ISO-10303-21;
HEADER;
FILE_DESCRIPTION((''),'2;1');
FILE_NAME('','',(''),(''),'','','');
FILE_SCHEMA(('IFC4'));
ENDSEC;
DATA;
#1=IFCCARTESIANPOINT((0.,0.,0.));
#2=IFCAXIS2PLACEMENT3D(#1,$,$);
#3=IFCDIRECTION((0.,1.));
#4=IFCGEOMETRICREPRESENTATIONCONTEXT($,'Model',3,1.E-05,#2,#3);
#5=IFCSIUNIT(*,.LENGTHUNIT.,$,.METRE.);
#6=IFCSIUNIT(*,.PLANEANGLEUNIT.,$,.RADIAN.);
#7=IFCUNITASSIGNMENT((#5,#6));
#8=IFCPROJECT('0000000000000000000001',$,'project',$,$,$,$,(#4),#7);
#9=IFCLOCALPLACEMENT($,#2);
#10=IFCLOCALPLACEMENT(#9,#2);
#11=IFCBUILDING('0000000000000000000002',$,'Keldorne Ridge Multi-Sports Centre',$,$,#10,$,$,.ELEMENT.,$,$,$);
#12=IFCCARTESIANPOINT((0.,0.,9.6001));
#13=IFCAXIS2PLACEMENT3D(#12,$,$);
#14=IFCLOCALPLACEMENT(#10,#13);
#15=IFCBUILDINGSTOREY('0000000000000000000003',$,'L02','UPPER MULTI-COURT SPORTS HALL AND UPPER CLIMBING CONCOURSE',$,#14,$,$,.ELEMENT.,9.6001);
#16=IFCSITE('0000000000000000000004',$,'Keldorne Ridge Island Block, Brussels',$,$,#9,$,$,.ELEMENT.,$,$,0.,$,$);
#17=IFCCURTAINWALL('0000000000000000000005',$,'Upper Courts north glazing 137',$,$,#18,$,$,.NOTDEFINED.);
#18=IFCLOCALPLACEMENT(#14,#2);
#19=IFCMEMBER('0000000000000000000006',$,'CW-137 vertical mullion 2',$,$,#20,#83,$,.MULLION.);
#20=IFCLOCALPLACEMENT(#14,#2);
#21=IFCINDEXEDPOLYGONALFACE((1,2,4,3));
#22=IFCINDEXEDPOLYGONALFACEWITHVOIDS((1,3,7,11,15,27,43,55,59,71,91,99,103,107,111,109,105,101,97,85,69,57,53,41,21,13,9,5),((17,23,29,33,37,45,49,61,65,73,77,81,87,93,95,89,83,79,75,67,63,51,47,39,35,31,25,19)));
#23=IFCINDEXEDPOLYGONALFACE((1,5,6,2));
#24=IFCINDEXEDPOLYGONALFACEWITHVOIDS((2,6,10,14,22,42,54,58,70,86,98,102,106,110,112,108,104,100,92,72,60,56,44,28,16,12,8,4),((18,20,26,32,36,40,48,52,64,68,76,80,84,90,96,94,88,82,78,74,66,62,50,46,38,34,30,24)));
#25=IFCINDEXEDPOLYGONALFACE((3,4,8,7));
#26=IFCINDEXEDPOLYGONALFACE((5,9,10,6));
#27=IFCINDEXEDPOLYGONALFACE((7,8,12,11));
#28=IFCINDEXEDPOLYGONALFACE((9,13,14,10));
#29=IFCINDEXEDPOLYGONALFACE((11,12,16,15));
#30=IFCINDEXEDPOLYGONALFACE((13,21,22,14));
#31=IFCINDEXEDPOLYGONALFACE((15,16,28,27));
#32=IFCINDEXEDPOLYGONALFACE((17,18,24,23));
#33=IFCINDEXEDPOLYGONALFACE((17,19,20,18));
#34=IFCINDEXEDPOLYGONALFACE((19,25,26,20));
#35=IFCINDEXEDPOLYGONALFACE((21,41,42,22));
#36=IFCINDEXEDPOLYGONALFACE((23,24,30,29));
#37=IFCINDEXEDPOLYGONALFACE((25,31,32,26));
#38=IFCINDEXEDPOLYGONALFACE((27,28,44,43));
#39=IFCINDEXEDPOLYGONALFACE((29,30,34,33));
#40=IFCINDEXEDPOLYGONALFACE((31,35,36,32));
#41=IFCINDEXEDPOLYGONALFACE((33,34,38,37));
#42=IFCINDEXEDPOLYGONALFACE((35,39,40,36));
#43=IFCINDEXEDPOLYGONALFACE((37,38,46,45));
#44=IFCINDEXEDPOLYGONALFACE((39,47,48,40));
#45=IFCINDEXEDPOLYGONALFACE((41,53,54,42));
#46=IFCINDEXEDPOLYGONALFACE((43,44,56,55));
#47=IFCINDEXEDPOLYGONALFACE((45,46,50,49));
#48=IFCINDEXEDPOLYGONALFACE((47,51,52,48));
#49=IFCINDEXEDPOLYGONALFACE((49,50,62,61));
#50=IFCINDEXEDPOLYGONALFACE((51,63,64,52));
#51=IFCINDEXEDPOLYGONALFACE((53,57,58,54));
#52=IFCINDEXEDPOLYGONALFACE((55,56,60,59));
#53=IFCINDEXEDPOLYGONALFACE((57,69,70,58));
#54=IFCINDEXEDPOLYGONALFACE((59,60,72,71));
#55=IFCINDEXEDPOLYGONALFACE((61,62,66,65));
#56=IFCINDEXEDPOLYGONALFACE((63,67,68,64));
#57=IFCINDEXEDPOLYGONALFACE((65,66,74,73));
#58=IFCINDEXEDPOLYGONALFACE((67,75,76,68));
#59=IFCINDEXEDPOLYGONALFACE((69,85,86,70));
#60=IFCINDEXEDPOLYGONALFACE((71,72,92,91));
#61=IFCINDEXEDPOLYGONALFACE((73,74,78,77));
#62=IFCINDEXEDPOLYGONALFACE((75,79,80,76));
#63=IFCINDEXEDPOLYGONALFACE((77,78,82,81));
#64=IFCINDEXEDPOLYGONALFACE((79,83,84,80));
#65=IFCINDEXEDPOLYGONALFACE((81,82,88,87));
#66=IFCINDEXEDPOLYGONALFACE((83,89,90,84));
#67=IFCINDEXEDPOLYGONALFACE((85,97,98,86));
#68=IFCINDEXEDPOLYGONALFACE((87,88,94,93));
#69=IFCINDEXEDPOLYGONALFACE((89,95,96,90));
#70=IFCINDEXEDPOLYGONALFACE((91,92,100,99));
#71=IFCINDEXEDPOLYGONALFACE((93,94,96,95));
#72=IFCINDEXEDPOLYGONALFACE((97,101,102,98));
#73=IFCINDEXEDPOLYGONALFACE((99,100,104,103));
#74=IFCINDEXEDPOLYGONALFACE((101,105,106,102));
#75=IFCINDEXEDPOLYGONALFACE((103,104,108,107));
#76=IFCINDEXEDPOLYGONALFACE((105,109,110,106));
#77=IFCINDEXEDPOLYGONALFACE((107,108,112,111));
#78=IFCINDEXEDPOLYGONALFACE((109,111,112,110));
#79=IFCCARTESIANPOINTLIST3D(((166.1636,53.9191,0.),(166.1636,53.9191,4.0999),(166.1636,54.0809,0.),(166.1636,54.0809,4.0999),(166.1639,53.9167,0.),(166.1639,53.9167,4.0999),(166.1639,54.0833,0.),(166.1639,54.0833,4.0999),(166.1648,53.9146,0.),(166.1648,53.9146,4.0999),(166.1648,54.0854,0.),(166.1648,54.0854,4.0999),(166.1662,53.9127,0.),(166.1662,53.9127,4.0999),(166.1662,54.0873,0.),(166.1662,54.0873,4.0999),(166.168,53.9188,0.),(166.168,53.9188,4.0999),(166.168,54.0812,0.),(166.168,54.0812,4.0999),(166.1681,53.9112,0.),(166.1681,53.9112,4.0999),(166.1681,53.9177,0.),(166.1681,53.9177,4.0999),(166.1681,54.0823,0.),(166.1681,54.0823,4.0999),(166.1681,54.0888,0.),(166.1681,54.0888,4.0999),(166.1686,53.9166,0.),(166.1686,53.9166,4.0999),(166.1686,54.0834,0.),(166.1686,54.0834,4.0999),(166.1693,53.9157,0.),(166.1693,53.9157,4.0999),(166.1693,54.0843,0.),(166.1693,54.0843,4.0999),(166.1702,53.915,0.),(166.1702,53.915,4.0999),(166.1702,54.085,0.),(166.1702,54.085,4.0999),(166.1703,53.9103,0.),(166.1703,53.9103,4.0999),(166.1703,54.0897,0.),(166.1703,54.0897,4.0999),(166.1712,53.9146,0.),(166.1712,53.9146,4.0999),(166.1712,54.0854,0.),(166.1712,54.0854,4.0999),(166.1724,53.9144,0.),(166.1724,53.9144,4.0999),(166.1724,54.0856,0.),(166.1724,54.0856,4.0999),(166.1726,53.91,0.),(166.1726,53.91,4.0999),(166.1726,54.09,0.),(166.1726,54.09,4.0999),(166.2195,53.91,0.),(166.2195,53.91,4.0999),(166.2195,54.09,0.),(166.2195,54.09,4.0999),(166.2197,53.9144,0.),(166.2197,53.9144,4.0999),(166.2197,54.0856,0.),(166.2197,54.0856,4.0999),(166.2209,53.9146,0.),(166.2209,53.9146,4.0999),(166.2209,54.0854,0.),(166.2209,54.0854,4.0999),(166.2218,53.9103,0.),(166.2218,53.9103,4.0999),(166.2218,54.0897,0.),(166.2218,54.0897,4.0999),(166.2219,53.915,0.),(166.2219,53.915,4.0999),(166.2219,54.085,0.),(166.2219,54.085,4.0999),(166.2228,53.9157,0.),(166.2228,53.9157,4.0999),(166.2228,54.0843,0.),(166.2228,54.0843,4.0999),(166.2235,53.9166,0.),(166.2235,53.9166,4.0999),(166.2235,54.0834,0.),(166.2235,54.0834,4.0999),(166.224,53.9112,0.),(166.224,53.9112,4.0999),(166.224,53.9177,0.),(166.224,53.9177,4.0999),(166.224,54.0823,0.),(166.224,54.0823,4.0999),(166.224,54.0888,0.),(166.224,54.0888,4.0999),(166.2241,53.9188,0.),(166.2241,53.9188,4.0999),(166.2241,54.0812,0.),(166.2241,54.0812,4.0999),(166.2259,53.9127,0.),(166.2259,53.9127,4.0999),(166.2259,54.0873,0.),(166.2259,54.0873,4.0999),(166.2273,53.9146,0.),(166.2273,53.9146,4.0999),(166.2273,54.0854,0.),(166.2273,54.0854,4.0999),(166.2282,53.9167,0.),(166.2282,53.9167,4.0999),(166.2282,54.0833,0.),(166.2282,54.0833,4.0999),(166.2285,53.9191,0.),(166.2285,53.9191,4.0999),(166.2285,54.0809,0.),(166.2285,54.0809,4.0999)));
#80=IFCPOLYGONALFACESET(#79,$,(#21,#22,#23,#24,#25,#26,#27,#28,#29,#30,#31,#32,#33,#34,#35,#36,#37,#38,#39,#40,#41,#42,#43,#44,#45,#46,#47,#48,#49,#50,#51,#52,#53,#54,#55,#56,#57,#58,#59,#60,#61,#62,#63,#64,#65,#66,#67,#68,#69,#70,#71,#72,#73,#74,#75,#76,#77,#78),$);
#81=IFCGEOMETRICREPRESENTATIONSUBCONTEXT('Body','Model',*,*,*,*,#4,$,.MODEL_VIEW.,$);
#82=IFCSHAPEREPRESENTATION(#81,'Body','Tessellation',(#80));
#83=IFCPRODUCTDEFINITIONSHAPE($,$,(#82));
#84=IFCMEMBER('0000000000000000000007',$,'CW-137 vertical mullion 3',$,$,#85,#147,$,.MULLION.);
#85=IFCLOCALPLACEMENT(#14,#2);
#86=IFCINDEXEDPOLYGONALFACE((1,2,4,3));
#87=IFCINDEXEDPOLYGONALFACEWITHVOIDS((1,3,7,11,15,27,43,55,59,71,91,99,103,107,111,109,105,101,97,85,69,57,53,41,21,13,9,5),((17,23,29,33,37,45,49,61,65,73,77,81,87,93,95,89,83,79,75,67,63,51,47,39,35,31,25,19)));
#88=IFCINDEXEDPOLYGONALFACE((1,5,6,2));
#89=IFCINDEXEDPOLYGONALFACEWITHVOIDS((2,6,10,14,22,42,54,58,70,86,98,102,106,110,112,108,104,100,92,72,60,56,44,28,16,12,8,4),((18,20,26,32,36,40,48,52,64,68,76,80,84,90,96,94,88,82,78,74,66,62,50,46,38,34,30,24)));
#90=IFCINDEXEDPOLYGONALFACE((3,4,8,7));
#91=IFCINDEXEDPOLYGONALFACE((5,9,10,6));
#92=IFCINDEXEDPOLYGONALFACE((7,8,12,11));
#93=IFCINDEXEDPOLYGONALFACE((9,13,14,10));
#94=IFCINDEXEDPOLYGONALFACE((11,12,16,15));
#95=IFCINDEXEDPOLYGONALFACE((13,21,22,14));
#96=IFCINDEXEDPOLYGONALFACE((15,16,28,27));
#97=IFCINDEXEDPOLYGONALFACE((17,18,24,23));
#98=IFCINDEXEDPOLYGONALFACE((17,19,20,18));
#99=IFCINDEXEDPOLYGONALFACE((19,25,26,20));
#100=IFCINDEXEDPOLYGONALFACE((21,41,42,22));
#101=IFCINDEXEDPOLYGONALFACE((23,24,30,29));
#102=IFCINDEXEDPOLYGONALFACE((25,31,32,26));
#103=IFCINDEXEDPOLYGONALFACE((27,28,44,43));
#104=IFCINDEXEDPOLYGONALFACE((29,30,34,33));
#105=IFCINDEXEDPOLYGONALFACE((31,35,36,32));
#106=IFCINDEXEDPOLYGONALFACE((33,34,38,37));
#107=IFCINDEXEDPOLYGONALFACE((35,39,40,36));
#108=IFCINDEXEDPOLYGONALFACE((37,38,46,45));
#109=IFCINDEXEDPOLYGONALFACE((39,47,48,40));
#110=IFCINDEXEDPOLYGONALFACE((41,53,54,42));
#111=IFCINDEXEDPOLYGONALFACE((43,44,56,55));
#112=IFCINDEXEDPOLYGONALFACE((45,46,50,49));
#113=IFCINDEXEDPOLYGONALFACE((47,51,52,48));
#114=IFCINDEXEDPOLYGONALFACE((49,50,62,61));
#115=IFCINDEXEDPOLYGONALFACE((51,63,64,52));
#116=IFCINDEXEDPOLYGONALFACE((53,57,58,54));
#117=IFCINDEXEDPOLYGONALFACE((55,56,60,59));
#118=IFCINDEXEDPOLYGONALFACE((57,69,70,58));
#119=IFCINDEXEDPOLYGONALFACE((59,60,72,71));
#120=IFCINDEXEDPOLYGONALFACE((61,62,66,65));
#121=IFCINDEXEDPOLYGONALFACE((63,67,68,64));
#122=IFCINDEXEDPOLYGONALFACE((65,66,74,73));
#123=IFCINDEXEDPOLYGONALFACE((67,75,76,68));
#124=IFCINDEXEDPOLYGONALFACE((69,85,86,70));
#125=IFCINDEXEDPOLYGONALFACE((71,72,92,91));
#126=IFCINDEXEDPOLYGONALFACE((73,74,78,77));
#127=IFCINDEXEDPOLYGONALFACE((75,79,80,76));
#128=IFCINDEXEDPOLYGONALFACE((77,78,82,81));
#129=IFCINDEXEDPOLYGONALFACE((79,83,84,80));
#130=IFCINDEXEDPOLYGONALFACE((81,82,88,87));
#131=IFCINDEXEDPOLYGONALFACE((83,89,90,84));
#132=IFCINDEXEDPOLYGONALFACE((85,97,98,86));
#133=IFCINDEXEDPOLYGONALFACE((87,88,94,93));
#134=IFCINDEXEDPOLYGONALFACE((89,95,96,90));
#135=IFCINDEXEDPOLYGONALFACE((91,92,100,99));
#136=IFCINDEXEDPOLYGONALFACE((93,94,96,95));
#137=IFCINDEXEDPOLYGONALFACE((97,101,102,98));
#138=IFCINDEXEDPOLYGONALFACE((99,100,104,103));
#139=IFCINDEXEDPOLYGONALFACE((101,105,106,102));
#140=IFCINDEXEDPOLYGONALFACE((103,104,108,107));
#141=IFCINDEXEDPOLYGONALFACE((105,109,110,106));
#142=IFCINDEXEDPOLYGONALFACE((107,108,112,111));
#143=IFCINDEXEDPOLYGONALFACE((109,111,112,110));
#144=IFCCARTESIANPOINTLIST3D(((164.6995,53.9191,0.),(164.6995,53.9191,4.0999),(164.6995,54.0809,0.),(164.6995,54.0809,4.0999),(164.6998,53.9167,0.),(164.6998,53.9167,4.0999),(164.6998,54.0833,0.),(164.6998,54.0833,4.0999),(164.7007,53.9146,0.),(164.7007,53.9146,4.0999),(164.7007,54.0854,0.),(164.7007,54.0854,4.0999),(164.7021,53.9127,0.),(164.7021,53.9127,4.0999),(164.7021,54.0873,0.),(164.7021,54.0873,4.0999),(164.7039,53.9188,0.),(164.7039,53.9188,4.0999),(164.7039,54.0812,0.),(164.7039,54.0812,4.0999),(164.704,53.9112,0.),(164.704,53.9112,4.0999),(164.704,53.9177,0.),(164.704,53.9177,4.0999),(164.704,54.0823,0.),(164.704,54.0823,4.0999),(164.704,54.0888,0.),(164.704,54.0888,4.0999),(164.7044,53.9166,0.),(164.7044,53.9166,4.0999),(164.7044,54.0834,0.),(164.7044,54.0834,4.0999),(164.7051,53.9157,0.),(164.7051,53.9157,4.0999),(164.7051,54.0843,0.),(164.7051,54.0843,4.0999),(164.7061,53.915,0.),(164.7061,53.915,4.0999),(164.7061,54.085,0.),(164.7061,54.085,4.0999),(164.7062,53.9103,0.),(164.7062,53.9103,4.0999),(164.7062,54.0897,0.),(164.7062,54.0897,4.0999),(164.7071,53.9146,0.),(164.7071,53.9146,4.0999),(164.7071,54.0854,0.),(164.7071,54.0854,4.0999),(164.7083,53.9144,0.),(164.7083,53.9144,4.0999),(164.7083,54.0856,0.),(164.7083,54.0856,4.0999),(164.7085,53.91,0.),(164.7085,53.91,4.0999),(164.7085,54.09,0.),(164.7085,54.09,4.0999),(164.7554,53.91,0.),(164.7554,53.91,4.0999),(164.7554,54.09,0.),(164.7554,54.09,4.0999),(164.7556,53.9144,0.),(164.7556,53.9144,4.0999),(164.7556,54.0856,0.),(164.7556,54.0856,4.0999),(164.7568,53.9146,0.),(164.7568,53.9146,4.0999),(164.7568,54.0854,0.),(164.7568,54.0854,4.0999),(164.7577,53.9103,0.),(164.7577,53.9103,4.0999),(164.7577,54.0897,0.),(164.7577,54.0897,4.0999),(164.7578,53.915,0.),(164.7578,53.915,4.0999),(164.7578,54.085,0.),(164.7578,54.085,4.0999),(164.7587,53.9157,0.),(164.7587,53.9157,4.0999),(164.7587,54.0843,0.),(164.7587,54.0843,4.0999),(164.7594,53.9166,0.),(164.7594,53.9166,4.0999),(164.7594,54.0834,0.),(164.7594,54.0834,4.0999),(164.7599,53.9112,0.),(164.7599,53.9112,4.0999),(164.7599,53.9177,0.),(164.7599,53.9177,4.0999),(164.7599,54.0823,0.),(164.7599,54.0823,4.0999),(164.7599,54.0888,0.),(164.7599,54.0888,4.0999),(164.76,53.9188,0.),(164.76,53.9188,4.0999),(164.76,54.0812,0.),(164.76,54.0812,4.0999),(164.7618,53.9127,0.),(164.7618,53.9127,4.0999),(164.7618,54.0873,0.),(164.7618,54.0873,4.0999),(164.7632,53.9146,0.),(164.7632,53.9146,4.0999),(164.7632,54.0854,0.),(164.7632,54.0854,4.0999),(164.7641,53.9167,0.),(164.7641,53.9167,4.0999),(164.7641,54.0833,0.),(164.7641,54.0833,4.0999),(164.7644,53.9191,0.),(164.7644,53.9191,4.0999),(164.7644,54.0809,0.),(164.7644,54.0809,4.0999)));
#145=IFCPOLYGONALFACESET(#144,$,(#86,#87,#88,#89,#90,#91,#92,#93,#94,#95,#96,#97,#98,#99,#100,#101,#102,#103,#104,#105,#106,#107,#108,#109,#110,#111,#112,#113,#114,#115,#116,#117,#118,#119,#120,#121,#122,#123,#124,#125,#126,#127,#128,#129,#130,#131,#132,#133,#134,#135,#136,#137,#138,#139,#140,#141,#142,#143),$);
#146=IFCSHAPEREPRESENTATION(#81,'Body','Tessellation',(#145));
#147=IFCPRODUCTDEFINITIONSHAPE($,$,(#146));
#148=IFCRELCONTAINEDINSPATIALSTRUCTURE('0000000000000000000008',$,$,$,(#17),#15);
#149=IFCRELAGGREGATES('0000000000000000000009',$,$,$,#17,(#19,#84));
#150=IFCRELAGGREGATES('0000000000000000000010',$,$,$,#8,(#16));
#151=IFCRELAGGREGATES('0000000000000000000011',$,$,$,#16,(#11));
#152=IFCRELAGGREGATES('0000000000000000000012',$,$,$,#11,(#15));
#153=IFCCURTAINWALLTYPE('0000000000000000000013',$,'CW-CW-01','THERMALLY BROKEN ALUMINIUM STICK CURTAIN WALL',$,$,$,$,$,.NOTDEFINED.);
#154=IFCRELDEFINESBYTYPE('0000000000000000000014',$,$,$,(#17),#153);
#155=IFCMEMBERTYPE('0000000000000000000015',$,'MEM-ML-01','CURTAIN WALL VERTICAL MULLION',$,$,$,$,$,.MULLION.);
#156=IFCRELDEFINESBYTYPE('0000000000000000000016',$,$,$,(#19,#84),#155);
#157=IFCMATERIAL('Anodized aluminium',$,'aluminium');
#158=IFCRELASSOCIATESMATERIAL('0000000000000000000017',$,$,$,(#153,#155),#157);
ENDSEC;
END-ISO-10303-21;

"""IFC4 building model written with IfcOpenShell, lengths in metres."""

from ifc_helpers import new_model, si_unit, direction, frame, origin, origin_2d, place, context, subcontext, project, spatial, hollow_rectangle, extrude, material, material_profile, profile_set, type_object, element, aggregate, save


model = new_model("IFC4")

# Units and contexts
model_context = context("Model", 3, precision=1e-05, world=origin(), true_north=direction((0.0, 1.0)))
body_context = subcontext(model_context, "Body", "Model", "MODEL_VIEW")
ifc_project = project(units=[si_unit("LENGTHUNIT", "METRE"), si_unit("PLANEANGLEUNIT", "RADIAN")], contexts=[model_context])

# Site, building, storey
site_placement = place(None, origin())
site = spatial("IfcSite", under=ifc_project, at=site_placement, Name="Keldorne Ridge Island Block, Brussels", CompositionType="ELEMENT", RefElevation=0.0)
building_placement = place(site_placement, origin())
building = spatial("IfcBuilding", under=site, at=building_placement, Name="Keldorne Ridge Multi-Sports Centre", CompositionType="ELEMENT")
storey_placement = place(building_placement, frame((0.0, 0.0, 9.6001)))
storey = spatial("IfcBuildingStorey", under=building, at=storey_placement, Name="L02", Description="UPPER MULTI-COURT SPORTS HALL AND UPPER CLIMBING CONCOURSE", CompositionType="ELEMENT", Elevation=9.6001)

# Curtain wall, members
ifc_material_1 = material(Name="Anodized aluminium", Category="aluminium")
curtain_wall_type = type_object("IfcCurtainWallType", Name="CW-CW-01", Description="THERMALLY BROKEN ALUMINIUM STICK CURTAIN WALL", PredefinedType="NOTDEFINED", material=ifc_material_1)
curtain_wall_placement = place(storey_placement, origin())
curtain_wall = element("IfcCurtainWall", 1, at=curtain_wall_placement, inside=storey, type_object=curtain_wall_type, Name="Upper Courts north glazing 137", PredefinedType="NOTDEFINED")
ifc_material_profile_1 = material_profile(ifc_material_1, hollow_rectangle(XDim=0.0649, YDim=0.1799, WallThickness=0.0044, InnerFilletRadius=0.0044, OuterFilletRadius=0.009, at=origin_2d()), Name="ALU MULLION 180x65x4.5")
ifc_profile_set_1 = profile_set([ifc_material_profile_1], Name="Anodized aluminium")
member_type_1 = type_object("IfcMemberType", Name="MEM-ML-01", Description="CURTAIN WALL VERTICAL MULLION", PredefinedType="MULLION", material=ifc_profile_set_1)
member_1_placement = place(storey_placement, frame((166.196, 54.0, 0.0), z_axis=(0.0, 0.0, 1.0), x_axis=(1.0, 0.0, 0.0)))
member_1 = element("IfcMember", 2, at=member_1_placement, type_object=member_type_1, Name="CW-137 vertical mullion 2", PredefinedType="MULLION", context=body_context, shape_type="SweptSolid", body=[
    extrude(hollow_rectangle(XDim=0.0649, YDim=0.1799, WallThickness=0.0044, InnerFilletRadius=0.0044, OuterFilletRadius=0.009, at=origin_2d()), origin(), (0.0, 0.0, 1.0), 4.0999),
])
member_2_placement = place(storey_placement, frame((164.7319, 54.0, 0.0), z_axis=(0.0, 0.0, 1.0), x_axis=(1.0, 0.0, 0.0)))
member_2 = element("IfcMember", 3, at=member_2_placement, type_object=member_type_1, Name="CW-137 vertical mullion 3", PredefinedType="MULLION", context=body_context, shape_type="SweptSolid", body=[
    extrude(hollow_rectangle(XDim=0.0649, YDim=0.1799, WallThickness=0.0044, InnerFilletRadius=0.0044, OuterFilletRadius=0.009, at=origin_2d()), origin(), (0.0, 0.0, 1.0), 4.0999),
])
aggregate(curtain_wall, [member_1, member_2])

save(model, "model.ifc")
